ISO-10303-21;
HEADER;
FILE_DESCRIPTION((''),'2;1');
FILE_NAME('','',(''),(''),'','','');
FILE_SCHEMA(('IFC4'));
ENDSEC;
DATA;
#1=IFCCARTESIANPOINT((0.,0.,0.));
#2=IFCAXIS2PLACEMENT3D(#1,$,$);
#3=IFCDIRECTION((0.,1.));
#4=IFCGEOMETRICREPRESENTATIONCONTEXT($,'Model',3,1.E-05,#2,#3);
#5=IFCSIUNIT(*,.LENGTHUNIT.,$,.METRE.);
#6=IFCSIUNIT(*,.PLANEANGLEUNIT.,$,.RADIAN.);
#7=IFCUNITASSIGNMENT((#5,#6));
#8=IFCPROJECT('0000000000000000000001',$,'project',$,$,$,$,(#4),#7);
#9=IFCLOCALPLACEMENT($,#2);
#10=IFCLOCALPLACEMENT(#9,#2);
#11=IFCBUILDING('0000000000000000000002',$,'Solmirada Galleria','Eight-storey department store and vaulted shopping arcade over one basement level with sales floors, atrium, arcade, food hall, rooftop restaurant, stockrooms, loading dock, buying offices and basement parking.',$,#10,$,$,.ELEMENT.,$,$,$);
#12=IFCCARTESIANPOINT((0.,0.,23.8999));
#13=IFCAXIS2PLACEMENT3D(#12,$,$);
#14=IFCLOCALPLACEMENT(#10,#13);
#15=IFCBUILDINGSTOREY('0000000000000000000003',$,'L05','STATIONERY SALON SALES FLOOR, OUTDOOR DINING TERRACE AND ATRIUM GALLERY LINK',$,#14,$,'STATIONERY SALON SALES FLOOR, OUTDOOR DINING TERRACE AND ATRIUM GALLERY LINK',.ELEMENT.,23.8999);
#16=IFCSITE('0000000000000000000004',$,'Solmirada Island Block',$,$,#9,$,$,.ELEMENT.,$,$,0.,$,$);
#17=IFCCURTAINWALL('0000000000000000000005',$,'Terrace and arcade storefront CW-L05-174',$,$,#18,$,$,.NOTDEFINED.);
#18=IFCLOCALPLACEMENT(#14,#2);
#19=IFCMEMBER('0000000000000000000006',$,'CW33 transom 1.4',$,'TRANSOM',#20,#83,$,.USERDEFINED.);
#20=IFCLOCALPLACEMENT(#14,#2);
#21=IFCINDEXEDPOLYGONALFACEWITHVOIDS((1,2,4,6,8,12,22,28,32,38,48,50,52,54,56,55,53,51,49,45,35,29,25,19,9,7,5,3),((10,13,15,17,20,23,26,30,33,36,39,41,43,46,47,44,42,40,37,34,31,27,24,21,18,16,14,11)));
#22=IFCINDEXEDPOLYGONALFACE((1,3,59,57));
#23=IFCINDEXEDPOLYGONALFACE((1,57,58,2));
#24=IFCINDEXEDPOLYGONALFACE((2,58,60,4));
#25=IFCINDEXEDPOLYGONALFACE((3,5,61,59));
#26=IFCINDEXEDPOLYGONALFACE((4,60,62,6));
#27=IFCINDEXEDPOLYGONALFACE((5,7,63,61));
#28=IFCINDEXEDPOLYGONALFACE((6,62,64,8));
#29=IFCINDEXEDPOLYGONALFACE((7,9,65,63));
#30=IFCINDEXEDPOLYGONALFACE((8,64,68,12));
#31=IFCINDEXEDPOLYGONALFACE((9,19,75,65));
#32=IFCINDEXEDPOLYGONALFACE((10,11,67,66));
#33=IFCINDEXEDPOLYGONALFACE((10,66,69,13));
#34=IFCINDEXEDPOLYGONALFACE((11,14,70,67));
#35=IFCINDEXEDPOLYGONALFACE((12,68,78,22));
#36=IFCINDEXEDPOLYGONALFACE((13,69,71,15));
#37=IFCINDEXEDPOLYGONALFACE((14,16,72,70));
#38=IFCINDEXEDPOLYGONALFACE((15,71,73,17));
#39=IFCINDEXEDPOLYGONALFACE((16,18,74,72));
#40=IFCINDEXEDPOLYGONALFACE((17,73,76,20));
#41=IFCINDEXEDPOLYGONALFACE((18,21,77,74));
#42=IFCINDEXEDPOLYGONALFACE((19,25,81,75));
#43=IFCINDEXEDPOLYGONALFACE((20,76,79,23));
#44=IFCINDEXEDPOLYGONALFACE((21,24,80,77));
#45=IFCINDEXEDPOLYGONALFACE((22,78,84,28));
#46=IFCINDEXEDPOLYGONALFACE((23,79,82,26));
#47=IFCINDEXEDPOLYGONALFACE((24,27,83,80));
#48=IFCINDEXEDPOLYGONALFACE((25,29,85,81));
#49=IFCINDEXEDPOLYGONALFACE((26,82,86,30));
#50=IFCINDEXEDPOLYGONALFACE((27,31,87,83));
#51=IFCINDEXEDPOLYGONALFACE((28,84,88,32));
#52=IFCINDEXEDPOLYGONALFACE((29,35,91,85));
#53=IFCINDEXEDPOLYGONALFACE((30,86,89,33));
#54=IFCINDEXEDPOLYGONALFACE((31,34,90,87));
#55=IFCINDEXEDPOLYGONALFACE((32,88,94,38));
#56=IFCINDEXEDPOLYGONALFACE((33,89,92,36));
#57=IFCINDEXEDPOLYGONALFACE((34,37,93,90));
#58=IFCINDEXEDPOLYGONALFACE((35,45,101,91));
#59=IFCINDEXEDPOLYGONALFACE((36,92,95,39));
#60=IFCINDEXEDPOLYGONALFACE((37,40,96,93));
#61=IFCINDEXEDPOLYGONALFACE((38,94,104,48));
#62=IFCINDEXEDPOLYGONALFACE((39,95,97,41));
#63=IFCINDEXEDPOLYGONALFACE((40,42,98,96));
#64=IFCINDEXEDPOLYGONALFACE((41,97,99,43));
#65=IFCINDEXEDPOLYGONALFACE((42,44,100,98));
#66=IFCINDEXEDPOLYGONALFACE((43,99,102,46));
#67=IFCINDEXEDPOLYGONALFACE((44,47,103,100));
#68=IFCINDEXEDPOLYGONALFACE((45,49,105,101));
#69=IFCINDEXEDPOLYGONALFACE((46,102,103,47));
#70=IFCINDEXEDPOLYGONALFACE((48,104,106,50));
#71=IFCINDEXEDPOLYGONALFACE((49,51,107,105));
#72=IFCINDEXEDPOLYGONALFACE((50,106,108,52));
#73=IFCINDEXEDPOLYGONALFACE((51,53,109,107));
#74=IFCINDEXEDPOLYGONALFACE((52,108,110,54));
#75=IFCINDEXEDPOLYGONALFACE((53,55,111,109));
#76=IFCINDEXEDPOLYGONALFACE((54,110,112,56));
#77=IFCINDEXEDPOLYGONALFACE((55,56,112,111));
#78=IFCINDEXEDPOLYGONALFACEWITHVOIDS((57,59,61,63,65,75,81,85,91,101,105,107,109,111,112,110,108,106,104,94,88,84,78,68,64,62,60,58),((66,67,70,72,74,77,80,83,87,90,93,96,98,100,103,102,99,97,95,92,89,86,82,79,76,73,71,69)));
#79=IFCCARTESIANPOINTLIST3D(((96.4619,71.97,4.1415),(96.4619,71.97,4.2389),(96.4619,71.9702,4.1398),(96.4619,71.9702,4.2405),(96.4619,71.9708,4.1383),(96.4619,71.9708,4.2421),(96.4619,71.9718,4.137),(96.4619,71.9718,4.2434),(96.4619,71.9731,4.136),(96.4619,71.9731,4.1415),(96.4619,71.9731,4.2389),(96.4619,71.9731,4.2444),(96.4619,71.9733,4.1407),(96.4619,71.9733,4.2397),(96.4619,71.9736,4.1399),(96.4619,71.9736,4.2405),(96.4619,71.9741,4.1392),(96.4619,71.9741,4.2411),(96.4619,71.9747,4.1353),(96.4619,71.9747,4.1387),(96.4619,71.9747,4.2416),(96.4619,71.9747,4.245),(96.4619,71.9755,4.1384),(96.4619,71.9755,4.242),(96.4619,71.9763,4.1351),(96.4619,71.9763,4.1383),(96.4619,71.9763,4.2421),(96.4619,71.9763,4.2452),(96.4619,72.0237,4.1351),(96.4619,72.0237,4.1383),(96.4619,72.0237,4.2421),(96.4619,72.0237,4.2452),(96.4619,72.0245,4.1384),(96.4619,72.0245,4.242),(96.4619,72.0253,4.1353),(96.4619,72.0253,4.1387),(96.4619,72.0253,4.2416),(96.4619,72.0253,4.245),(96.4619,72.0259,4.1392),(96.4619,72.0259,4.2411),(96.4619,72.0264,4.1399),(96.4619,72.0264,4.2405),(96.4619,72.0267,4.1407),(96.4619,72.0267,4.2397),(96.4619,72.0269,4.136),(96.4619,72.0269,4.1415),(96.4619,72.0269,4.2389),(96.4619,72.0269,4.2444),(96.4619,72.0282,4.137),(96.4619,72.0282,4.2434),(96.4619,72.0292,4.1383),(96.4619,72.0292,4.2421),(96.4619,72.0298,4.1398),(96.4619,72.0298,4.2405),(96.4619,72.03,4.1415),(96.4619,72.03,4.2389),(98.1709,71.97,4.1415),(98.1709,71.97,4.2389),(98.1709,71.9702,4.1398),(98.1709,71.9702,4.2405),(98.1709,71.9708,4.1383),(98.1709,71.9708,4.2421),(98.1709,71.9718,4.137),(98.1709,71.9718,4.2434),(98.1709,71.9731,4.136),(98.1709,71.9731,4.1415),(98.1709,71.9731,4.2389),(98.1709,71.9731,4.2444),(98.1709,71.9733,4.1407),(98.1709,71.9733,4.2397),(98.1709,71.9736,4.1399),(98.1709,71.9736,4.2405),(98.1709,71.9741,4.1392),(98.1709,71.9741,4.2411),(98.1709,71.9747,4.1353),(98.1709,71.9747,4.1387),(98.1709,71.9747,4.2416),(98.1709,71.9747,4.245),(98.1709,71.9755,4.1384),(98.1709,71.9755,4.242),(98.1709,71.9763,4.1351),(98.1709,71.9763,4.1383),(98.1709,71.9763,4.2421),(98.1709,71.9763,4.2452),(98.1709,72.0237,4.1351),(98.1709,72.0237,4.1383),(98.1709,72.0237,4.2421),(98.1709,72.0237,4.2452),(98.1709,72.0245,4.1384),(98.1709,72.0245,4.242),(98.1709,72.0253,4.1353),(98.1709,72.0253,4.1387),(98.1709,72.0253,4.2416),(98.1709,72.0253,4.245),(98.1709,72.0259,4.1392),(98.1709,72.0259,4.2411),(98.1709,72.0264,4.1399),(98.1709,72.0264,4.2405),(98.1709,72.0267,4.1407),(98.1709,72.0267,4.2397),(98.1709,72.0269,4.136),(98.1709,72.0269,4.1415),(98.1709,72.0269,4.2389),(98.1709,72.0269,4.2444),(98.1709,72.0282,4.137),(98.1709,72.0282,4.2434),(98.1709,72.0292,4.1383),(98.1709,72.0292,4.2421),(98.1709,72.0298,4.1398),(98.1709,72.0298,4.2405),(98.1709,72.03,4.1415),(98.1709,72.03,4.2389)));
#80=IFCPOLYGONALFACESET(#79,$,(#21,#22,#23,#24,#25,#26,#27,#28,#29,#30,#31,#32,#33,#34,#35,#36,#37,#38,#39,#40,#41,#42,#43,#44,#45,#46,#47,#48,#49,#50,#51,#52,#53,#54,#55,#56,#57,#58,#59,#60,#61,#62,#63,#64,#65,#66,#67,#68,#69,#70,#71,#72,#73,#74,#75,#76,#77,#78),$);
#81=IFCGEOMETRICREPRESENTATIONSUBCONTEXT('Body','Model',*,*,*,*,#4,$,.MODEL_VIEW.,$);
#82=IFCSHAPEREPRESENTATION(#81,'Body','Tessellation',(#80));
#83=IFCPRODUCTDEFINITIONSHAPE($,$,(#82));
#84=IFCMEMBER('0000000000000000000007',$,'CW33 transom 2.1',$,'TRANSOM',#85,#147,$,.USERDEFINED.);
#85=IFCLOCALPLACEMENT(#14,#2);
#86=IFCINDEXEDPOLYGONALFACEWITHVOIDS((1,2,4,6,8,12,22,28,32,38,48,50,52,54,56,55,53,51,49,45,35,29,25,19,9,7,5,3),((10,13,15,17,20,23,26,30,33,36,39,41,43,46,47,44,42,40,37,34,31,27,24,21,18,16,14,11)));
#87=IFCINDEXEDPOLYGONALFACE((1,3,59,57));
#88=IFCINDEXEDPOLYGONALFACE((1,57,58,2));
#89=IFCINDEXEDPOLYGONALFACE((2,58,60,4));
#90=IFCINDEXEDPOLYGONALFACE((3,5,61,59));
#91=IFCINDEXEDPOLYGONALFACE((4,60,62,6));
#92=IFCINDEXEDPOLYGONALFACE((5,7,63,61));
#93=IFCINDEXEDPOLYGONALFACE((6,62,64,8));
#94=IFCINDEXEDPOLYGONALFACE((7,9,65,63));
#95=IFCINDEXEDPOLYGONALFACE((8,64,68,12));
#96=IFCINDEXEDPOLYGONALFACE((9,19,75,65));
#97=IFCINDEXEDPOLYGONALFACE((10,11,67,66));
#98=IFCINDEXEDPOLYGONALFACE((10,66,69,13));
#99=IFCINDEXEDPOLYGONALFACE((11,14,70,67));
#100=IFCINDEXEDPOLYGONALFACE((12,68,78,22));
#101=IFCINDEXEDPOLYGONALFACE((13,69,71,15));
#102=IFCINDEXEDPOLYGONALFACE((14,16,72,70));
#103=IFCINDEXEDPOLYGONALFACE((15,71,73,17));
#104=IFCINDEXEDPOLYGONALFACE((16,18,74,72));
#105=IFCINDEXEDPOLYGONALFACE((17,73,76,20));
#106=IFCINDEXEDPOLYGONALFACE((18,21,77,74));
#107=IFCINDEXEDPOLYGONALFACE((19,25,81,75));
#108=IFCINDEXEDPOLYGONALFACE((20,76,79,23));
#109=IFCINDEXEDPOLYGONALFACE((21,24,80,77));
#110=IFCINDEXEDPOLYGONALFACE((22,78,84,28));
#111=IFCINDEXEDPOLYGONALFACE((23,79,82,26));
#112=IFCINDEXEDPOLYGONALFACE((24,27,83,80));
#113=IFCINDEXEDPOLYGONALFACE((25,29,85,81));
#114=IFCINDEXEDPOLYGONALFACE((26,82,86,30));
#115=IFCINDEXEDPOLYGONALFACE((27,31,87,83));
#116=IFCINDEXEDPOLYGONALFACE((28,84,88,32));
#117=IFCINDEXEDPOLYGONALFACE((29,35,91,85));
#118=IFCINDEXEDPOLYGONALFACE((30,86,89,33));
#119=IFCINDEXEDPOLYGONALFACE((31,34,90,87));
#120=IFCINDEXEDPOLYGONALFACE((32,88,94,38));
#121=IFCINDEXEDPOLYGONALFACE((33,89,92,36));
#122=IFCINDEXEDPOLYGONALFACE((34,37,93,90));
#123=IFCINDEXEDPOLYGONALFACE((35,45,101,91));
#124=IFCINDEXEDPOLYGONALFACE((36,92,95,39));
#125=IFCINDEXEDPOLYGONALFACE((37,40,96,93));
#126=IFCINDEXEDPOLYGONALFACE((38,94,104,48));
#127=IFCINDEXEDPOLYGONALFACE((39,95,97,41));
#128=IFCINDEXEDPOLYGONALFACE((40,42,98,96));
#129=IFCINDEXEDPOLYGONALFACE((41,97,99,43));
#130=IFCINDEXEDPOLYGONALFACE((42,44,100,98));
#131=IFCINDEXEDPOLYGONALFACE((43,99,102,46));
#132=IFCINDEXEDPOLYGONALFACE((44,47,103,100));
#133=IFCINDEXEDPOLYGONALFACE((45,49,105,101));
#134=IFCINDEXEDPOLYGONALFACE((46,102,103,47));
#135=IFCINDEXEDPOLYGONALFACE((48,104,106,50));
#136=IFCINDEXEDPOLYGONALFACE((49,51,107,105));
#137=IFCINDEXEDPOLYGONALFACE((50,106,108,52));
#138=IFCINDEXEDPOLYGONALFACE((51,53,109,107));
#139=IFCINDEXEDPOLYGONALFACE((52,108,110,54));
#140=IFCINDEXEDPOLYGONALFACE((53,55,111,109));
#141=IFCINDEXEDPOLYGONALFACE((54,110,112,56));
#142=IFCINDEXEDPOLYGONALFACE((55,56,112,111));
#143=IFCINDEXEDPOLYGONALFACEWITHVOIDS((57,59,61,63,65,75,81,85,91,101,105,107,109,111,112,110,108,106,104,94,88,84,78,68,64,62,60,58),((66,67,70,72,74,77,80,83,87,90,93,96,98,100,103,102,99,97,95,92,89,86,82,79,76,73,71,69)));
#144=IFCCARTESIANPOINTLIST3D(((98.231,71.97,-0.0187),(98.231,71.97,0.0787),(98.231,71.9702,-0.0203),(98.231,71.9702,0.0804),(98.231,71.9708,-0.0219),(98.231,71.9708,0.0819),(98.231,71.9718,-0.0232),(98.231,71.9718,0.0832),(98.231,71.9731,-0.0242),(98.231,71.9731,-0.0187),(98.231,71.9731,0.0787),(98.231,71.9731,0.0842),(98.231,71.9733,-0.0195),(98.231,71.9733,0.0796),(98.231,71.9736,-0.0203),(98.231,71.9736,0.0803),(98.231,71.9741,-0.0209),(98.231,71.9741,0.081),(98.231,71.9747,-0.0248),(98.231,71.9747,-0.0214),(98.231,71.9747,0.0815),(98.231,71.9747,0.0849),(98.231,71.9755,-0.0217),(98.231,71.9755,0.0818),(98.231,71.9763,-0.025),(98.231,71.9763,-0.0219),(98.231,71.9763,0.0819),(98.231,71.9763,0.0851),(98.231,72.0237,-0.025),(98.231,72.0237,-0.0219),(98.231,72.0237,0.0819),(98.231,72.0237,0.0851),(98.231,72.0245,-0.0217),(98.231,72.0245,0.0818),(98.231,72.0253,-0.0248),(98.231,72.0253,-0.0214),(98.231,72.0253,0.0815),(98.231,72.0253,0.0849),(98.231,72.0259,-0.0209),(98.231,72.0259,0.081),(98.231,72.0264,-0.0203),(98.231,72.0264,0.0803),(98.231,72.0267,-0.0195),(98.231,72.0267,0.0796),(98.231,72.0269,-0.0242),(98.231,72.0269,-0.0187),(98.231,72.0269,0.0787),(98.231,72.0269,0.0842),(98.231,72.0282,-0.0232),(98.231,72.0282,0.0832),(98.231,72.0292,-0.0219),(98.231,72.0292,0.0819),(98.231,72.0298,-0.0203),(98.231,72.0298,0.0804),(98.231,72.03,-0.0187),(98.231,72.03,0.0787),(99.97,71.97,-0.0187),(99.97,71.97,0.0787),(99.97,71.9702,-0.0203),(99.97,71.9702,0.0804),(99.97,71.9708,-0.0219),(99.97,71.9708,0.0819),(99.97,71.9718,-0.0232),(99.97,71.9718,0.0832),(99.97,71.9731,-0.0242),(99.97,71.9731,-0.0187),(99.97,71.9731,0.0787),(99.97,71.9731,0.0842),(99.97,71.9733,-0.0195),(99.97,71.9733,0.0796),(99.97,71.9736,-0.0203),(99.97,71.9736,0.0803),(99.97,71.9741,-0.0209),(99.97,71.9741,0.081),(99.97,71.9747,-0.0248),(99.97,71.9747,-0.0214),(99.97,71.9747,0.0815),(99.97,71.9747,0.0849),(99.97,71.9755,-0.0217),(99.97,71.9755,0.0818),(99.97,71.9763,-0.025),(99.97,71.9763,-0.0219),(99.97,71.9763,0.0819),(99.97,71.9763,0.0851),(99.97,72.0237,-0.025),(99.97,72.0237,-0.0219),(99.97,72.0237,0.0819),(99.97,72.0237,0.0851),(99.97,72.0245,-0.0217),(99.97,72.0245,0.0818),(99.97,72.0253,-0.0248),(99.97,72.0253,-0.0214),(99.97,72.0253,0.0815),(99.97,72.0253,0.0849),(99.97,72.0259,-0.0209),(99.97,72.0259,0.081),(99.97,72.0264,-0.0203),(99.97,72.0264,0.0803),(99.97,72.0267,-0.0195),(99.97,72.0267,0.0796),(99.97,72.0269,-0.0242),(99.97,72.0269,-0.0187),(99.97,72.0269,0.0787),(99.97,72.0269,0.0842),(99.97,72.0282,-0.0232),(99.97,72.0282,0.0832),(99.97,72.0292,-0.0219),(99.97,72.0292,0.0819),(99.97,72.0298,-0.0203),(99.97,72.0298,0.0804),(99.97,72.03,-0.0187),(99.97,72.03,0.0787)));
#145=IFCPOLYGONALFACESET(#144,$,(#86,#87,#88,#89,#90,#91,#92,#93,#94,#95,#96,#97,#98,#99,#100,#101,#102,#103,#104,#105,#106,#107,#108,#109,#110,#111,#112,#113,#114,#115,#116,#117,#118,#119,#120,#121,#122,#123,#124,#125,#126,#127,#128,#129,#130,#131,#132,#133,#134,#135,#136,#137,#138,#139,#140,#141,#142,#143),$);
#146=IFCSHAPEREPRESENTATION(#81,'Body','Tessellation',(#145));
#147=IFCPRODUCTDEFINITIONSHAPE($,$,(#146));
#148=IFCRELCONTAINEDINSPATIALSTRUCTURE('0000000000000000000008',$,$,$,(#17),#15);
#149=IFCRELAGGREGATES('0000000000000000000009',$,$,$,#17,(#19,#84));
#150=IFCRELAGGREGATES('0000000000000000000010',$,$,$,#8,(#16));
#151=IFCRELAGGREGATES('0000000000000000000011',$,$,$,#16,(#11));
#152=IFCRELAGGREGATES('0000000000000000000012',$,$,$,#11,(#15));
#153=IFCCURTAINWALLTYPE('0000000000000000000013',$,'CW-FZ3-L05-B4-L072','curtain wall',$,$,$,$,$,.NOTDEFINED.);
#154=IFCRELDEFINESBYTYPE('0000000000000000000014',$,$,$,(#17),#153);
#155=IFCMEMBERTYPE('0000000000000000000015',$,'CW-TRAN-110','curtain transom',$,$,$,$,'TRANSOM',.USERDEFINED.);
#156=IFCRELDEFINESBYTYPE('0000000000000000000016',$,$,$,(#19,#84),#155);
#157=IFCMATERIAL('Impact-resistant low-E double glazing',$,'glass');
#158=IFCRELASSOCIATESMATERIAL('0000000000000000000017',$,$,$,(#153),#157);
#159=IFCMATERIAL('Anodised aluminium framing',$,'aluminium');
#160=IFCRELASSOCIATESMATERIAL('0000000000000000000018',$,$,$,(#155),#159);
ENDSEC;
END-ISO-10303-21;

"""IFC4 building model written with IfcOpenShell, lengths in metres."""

from ifc_helpers import new_model, si_unit, direction, frame, origin, origin_2d, place, context, subcontext, project, spatial, hollow_rectangle, extrude, material, material_profile, profile_set, type_object, element, aggregate, save


model = new_model("IFC4")

# Units and contexts
model_context = context("Model", 3, precision=1e-05, world=origin(), true_north=direction((0.0, 1.0)))
body_context = subcontext(model_context, "Body", "Model", "MODEL_VIEW")
ifc_project = project(units=[si_unit("LENGTHUNIT", "METRE"), si_unit("PLANEANGLEUNIT", "RADIAN")], contexts=[model_context])

# Site, building, storey
site_placement = place(None, origin())
site = spatial("IfcSite", under=ifc_project, at=site_placement, Name="Solmirada Island Block", CompositionType="ELEMENT", RefElevation=0.0)
building_placement = place(site_placement, origin())
building = spatial("IfcBuilding", under=site, at=building_placement, Name="Solmirada Galleria", Description="Eight-storey department store and vaulted shopping arcade over one basement level with sales floors, atrium, arcade, food hall, rooftop restaurant, stockrooms, loading dock, buying offices and basement parking.", CompositionType="ELEMENT")
storey_placement = place(building_placement, frame((0.0, 0.0, 23.8999)))
storey = spatial("IfcBuildingStorey", under=building, at=storey_placement, Name="L05", Description="STATIONERY SALON SALES FLOOR, OUTDOOR DINING TERRACE AND ATRIUM GALLERY LINK", LongName="STATIONERY SALON SALES FLOOR, OUTDOOR DINING TERRACE AND ATRIUM GALLERY LINK", CompositionType="ELEMENT", Elevation=23.8999)

# Shared definitions
ifc_material_1 = material(Name="Impact-resistant low-E double glazing", Category="glass")
curtain_wall_type = type_object("IfcCurtainWallType", Name="CW-FZ3-L05-B4-L072", Description="curtain wall", PredefinedType="NOTDEFINED", material=ifc_material_1)
ifc_material_2 = material(Name="Anodised aluminium framing", Category="aluminium")

# Curtain wall, members
curtain_wall_1_placement = place(storey_placement, origin())
curtain_wall_1 = element("IfcCurtainWall", 1, at=curtain_wall_1_placement, inside=storey, type_object=curtain_wall_type, Name="Terrace and arcade storefront CW-L05-174", PredefinedType="NOTDEFINED")
ifc_material_profile_1 = material_profile(ifc_material_2, hollow_rectangle(XDim=0.0601, YDim=0.1101, WallThickness=0.0032, InnerFilletRadius=0.0032, OuterFilletRadius=0.0063, at=origin_2d()), Name="ALU-TRAN-110X60")
ifc_profile_set_1 = profile_set([ifc_material_profile_1], Name="Anodised aluminium framing")
member_type_1 = type_object("IfcMemberType", Name="CW-TRAN-110", Description="curtain transom", ElementType="TRANSOM", PredefinedType="USERDEFINED", material=ifc_profile_set_1)
member_1_placement = place(storey_placement, frame((96.4619, 72.0, 4.1902), z_axis=(1.0, 0.0, 0.0), x_axis=(0.0, 1.0, 0.0)))
member_1 = element("IfcMember", 2, at=member_1_placement, type_object=member_type_1, Name="CW33 transom 1.4", ObjectType="TRANSOM", PredefinedType="USERDEFINED", context=body_context, shape_type="SweptSolid", body=[
    extrude(hollow_rectangle(XDim=0.0601, YDim=0.1101, WallThickness=0.0032, InnerFilletRadius=0.0032, OuterFilletRadius=0.0063, at=origin_2d()), origin(), (0.0, 0.0, 1.0), 1.709),
])
member_2_placement = place(storey_placement, frame((98.231, 72.0, 0.03), z_axis=(1.0, 0.0, 0.0), x_axis=(0.0, 1.0, 0.0)))
member_2 = element("IfcMember", 3, at=member_2_placement, type_object=member_type_1, Name="CW33 transom 2.1", ObjectType="TRANSOM", PredefinedType="USERDEFINED", context=body_context, shape_type="SweptSolid", body=[
    extrude(hollow_rectangle(XDim=0.0601, YDim=0.1101, WallThickness=0.0032, InnerFilletRadius=0.0032, OuterFilletRadius=0.0063, at=origin_2d()), origin(), (0.0, 0.0, 1.0), 1.739),
])

aggregate(curtain_wall_1, [member_1, member_2])

save(model, "model.ifc")
